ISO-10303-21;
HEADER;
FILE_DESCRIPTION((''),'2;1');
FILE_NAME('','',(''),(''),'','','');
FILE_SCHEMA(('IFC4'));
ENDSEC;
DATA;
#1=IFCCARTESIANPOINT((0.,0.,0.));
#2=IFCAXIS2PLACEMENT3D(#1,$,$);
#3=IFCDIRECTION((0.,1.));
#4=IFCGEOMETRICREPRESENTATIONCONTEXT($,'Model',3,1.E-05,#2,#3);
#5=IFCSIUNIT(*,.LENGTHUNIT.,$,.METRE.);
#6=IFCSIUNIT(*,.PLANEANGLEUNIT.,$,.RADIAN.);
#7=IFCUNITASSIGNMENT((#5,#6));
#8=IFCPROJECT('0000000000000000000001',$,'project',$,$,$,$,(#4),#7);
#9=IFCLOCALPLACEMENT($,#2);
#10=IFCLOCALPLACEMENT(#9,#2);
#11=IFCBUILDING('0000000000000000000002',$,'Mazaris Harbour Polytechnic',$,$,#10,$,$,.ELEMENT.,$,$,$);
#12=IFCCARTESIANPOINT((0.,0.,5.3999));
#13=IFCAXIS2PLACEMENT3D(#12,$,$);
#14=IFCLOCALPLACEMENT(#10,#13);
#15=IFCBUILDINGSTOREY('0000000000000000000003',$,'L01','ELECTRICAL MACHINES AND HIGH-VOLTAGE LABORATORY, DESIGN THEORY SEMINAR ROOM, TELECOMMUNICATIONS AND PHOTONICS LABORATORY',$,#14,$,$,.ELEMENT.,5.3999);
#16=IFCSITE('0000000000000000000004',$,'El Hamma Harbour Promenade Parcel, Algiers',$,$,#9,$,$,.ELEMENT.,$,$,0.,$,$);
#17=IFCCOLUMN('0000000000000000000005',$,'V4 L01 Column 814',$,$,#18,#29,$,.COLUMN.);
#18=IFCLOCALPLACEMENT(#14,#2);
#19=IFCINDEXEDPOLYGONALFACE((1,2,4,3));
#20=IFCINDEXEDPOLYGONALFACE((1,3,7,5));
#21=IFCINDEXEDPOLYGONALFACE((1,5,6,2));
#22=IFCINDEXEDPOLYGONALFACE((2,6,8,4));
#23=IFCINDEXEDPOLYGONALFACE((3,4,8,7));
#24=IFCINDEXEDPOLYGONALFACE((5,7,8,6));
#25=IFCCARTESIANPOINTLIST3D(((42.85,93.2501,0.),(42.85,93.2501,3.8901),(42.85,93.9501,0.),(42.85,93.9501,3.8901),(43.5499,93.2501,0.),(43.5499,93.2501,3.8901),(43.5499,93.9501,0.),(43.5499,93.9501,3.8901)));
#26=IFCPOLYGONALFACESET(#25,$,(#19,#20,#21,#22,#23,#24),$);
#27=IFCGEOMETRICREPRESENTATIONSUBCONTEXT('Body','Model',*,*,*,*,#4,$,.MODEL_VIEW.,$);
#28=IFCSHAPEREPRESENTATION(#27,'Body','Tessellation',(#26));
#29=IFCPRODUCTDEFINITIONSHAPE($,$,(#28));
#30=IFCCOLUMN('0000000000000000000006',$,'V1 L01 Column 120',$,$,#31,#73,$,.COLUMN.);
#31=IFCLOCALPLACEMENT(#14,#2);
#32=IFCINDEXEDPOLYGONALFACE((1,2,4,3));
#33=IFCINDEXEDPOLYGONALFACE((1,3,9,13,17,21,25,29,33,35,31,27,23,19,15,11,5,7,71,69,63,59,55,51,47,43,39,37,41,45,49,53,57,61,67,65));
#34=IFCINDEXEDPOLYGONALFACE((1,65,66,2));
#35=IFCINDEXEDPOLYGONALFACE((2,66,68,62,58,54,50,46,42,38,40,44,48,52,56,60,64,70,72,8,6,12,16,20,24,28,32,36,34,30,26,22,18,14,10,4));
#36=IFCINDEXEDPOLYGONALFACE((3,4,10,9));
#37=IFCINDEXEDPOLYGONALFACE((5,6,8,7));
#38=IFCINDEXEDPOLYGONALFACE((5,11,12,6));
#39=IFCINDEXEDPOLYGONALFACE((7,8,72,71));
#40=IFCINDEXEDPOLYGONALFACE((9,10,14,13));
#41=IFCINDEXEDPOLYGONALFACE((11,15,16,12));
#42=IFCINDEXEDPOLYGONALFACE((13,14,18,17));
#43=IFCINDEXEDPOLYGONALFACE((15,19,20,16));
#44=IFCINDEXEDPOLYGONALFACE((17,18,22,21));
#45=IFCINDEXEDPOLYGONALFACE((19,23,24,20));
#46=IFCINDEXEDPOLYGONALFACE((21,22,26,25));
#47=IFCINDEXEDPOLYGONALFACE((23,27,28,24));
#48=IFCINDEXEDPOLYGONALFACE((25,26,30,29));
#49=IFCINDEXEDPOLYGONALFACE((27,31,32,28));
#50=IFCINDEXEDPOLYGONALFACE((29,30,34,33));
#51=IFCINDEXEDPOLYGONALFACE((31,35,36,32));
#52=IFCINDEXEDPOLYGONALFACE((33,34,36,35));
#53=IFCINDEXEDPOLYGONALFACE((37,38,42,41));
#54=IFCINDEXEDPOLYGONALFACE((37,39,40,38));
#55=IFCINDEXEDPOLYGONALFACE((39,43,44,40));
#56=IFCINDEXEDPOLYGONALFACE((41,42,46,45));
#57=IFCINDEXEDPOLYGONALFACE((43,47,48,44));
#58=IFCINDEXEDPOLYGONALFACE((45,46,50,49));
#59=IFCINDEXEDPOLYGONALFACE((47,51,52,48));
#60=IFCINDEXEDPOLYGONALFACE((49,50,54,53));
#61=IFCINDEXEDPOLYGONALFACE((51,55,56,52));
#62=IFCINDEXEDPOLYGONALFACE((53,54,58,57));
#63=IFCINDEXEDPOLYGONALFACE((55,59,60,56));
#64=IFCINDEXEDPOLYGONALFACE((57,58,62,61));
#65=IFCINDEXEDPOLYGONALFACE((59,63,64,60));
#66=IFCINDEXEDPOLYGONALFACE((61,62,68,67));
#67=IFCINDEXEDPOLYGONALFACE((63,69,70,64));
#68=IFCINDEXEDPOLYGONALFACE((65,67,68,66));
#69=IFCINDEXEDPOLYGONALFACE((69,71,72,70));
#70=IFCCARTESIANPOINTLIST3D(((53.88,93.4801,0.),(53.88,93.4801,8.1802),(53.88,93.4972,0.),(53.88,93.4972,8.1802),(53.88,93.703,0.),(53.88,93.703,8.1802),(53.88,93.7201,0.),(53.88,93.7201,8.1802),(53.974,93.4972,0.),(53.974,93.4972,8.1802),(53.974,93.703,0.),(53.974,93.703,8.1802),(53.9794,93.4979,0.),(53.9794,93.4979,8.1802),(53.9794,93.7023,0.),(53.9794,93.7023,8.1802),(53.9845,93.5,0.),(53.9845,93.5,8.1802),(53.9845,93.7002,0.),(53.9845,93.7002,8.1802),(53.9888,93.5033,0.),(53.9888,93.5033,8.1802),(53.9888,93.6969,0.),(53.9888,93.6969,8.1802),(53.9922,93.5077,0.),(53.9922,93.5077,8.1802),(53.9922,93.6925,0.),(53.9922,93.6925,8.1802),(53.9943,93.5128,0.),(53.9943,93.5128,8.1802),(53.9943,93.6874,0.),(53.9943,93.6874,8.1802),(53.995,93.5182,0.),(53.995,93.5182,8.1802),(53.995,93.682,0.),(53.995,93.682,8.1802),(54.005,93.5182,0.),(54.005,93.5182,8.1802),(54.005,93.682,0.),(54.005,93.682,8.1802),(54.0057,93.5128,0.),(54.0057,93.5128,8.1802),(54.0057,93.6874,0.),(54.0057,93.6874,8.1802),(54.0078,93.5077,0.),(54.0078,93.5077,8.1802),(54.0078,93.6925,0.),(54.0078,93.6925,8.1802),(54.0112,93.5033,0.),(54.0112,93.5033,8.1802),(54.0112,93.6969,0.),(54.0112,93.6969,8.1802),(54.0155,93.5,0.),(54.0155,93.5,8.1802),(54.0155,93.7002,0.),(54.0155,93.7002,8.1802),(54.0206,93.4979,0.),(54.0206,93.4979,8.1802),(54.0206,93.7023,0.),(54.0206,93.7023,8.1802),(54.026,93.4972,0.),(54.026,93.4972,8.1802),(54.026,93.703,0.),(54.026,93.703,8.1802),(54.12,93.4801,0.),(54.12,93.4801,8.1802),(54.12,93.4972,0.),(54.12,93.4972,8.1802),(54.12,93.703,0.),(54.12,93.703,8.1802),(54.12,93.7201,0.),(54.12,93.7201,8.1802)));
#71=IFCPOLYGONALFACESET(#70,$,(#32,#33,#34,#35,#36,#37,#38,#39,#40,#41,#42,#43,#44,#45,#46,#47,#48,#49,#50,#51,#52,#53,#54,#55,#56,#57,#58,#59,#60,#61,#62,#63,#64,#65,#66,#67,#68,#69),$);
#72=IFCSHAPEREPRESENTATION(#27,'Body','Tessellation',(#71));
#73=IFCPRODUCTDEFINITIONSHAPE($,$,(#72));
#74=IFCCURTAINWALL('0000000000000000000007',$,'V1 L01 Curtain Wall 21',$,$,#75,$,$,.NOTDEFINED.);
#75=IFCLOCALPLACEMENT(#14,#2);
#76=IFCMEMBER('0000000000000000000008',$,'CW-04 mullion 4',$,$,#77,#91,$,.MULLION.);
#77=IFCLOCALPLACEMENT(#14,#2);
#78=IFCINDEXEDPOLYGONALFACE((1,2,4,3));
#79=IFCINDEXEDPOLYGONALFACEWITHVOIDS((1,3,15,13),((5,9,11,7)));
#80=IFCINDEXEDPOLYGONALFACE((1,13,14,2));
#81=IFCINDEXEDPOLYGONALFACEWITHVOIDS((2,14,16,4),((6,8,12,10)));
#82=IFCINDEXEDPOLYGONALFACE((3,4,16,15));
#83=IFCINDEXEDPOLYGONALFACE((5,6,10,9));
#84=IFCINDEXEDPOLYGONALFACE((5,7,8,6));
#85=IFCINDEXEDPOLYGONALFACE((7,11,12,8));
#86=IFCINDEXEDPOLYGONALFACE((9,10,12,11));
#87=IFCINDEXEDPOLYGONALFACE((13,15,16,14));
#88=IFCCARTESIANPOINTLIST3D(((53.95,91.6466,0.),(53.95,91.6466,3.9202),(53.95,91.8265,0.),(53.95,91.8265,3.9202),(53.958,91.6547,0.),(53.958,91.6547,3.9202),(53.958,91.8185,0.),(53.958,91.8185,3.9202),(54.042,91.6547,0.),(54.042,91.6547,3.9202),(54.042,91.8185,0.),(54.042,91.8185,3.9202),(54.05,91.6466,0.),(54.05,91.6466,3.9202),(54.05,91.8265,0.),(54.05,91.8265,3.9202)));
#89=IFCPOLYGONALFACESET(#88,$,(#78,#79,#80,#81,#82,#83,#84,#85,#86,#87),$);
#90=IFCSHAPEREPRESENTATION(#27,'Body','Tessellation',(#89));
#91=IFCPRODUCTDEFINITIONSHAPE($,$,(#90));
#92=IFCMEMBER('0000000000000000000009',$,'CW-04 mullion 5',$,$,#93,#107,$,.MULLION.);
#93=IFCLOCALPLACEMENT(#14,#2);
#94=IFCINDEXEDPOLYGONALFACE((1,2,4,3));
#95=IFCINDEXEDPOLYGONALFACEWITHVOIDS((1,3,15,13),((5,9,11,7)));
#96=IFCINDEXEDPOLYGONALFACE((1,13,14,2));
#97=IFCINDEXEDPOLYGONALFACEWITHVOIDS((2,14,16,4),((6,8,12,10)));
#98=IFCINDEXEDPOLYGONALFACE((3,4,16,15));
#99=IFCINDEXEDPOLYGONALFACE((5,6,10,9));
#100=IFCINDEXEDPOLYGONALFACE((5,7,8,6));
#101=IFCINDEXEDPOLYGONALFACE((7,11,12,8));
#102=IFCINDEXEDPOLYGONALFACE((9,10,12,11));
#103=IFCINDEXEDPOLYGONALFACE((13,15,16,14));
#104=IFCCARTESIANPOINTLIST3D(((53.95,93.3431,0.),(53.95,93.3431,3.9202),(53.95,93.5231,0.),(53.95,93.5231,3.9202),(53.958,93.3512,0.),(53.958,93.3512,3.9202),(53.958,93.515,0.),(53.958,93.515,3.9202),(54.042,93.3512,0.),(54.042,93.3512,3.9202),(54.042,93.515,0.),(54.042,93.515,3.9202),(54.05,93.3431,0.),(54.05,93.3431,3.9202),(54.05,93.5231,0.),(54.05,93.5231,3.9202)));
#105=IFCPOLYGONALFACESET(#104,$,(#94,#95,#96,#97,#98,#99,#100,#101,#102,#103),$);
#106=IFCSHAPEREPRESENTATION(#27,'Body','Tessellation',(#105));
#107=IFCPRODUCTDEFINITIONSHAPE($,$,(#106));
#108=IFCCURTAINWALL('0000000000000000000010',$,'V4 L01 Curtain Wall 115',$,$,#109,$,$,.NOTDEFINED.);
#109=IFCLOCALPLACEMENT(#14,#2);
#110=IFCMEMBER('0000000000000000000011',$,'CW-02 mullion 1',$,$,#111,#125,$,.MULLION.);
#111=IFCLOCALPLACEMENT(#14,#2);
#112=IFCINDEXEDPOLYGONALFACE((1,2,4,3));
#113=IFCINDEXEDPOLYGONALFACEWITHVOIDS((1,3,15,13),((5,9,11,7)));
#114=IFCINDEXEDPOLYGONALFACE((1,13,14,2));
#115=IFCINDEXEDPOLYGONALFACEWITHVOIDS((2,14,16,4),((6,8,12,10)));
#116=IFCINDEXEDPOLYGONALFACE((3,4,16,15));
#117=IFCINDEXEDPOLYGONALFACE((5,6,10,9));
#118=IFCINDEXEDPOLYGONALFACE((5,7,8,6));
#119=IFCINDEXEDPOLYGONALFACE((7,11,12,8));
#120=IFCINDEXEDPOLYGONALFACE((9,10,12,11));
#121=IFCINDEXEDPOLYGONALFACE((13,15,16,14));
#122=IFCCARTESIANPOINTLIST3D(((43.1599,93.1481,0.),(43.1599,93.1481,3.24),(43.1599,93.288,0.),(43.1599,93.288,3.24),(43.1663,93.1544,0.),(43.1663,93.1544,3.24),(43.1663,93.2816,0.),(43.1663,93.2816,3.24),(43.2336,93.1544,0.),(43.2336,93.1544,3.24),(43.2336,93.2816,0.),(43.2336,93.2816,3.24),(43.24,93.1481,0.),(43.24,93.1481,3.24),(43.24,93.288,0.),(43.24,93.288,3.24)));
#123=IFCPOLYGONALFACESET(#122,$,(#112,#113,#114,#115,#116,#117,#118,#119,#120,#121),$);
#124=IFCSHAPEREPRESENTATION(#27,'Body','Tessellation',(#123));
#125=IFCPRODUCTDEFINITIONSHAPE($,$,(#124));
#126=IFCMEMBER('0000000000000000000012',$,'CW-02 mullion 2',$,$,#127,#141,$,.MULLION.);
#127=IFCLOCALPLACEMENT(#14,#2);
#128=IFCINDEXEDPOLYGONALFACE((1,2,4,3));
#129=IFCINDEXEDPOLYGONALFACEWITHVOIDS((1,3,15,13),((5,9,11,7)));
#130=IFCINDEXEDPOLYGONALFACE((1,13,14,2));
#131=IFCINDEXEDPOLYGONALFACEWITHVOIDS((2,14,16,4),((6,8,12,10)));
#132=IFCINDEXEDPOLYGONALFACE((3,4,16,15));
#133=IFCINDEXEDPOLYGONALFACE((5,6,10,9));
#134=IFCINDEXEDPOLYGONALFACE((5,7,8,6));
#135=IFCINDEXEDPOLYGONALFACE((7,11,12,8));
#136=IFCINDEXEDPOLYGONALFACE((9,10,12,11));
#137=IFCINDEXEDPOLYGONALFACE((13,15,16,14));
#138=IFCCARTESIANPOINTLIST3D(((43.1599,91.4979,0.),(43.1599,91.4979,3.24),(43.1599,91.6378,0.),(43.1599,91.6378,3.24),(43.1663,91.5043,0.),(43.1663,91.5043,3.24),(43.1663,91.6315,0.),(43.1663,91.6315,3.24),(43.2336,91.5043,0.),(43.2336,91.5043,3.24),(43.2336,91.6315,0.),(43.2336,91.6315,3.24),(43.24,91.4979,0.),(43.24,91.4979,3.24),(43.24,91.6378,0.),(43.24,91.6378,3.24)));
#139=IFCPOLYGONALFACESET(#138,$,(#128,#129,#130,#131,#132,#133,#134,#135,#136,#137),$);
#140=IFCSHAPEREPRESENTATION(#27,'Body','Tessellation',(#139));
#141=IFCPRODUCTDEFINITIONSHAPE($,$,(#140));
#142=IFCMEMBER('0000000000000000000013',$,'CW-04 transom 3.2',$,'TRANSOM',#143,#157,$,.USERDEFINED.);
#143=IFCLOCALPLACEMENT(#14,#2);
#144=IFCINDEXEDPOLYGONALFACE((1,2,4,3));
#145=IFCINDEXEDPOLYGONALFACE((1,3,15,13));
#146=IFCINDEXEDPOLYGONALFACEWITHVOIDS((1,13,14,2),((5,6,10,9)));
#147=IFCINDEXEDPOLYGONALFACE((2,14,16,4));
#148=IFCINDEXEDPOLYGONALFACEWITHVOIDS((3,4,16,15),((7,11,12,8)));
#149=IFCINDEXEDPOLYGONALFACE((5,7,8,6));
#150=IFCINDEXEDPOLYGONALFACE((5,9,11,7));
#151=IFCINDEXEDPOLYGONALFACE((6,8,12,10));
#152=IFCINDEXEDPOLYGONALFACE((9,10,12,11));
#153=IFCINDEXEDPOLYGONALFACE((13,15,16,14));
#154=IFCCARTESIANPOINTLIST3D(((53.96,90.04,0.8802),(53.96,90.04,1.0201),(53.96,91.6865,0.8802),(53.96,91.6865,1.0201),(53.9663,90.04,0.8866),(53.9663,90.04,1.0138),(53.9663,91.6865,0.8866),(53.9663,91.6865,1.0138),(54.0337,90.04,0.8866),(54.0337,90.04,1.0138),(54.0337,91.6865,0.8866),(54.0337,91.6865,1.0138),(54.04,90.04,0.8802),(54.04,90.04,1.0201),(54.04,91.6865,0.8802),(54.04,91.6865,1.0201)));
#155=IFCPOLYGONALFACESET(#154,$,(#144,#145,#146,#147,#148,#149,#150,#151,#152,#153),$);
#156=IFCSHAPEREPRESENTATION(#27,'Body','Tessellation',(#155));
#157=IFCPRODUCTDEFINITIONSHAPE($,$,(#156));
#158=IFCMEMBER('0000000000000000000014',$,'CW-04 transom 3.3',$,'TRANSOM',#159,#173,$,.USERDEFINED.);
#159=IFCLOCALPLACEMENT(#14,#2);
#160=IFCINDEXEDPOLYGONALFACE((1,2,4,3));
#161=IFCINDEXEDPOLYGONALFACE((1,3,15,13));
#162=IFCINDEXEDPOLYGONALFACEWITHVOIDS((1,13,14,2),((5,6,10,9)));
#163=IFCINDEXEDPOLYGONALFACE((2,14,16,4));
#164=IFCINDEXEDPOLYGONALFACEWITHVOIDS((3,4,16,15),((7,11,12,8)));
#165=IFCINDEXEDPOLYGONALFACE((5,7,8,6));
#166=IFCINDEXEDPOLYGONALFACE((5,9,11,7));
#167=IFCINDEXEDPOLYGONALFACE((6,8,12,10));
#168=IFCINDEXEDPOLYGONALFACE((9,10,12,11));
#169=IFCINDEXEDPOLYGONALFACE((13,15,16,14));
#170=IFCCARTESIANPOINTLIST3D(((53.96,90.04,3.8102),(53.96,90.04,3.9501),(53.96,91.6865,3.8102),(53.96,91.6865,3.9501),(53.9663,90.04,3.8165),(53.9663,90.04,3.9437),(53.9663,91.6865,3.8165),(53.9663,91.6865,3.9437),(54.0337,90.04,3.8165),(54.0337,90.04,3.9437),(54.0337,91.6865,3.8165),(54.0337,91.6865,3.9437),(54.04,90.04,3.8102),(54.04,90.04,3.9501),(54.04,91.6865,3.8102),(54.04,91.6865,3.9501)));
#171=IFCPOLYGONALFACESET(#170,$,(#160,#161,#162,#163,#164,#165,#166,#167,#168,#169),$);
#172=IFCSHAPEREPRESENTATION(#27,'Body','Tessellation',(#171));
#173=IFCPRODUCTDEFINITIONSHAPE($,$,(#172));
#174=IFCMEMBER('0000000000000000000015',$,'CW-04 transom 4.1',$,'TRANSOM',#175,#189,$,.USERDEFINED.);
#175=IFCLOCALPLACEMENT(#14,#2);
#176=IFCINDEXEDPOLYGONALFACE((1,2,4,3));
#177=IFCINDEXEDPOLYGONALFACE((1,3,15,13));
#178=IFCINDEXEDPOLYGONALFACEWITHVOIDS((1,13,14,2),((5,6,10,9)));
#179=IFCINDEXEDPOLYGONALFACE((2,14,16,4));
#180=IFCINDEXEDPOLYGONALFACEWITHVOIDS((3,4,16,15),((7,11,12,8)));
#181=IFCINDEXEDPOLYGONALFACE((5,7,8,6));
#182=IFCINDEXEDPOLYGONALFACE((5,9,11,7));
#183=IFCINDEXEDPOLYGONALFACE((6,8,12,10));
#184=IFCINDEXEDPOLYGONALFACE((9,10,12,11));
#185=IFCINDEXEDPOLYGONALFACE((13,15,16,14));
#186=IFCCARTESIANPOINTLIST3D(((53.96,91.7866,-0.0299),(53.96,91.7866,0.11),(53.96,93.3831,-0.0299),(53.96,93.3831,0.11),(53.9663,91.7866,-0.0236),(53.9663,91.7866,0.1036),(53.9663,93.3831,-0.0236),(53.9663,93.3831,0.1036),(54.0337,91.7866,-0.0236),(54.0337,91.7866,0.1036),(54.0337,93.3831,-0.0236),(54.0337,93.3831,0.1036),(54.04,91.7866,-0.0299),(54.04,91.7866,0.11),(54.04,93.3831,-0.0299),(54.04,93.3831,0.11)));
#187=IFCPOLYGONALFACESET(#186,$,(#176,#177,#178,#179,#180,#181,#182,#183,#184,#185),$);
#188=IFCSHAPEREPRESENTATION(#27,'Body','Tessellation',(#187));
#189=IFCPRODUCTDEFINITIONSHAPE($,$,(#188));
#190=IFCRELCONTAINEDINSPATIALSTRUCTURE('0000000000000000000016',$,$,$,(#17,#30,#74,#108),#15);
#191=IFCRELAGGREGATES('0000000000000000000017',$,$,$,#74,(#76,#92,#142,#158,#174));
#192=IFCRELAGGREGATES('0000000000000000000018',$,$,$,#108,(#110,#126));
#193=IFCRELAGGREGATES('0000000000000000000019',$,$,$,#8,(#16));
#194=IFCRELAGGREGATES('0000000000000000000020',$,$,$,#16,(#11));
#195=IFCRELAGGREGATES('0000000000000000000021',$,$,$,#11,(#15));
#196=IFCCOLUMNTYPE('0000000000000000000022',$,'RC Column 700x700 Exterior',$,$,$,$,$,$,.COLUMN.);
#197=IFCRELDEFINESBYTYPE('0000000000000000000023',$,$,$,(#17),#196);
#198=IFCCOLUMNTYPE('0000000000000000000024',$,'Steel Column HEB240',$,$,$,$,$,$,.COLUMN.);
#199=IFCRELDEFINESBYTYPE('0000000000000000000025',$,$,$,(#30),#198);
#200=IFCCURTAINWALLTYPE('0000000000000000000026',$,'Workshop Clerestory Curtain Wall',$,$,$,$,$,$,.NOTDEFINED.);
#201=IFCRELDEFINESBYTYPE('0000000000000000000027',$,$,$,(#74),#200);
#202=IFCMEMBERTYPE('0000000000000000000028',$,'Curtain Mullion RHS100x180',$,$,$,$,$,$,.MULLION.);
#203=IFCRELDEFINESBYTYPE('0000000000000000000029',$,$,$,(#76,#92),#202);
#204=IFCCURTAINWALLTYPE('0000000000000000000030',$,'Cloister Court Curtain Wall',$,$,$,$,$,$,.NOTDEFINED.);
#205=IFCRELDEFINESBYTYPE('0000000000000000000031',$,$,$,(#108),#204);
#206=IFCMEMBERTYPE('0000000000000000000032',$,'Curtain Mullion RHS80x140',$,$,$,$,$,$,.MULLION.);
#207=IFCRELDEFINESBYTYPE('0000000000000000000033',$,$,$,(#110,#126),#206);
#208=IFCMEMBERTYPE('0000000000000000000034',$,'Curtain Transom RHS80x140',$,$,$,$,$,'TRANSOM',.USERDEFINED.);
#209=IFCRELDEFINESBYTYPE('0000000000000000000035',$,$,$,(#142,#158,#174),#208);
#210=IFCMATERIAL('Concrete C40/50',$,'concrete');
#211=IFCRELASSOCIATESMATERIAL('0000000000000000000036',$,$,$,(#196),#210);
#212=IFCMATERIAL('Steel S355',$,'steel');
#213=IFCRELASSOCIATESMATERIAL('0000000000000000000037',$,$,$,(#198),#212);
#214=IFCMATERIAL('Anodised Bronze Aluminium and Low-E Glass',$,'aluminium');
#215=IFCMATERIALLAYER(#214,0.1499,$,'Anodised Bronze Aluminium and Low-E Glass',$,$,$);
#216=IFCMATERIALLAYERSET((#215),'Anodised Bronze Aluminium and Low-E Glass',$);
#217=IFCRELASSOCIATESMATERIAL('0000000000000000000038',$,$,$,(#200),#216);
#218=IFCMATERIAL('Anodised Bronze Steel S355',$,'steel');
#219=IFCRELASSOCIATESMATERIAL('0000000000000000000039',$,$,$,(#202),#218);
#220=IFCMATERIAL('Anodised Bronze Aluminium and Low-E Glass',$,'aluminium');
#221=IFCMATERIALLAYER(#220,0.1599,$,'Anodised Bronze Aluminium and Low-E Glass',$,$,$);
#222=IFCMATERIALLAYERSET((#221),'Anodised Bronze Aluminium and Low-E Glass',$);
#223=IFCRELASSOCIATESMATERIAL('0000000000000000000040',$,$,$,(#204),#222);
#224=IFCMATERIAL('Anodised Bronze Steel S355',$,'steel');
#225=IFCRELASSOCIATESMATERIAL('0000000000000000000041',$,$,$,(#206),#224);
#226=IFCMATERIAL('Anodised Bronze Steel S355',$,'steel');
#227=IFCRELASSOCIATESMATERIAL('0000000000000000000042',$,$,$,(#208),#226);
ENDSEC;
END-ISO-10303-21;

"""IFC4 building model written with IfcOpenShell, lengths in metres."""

from ifc_helpers import new_model, si_unit, direction, frame, origin, origin_2d, place, context, subcontext, project, spatial, rectangle, hollow_rectangle, i_section, extrude, material, layer, layer_set, material_profile, profile_set, type_object, element, aggregate, save


model = new_model("IFC4")

# Units and contexts
model_context = context("Model", 3, precision=1e-05, world=origin(), true_north=direction((0.0, 1.0)))
body_context = subcontext(model_context, "Body", "Model", "MODEL_VIEW")
ifc_project = project(units=[si_unit("LENGTHUNIT", "METRE"), si_unit("PLANEANGLEUNIT", "RADIAN")], contexts=[model_context])

# Site, building, storey
site_placement = place(None, origin())
site = spatial("IfcSite", under=ifc_project, at=site_placement, Name="El Hamma Harbour Promenade Parcel, Algiers", CompositionType="ELEMENT", RefElevation=0.0)
building_placement = place(site_placement, origin())
building = spatial("IfcBuilding", under=site, at=building_placement, Name="Mazaris Harbour Polytechnic", CompositionType="ELEMENT")
storey_placement = place(building_placement, frame((0.0, 0.0, 5.3999)))
storey = spatial("IfcBuildingStorey", under=building, at=storey_placement, Name="L01", Description="ELECTRICAL MACHINES AND HIGH-VOLTAGE LABORATORY, DESIGN THEORY SEMINAR ROOM, TELECOMMUNICATIONS AND PHOTONICS LABORATORY", CompositionType="ELEMENT", Elevation=5.3999)

# Columns
ifc_material_1 = material(Name="Concrete C40/50", Category="concrete")
ifc_material_profile_1 = material_profile(ifc_material_1, rectangle(XDim=0.7, YDim=0.7, at=origin_2d()), Name="RECT700x700")
ifc_profile_set_1 = profile_set([ifc_material_profile_1], Name="Concrete C40/50")
column_type_1 = type_object("IfcColumnType", Name="RC Column 700x700 Exterior", PredefinedType="COLUMN", material=ifc_profile_set_1)
column_1_placement = place(storey_placement, frame((43.2, 93.6001, 0.0), z_axis=(0.0, 0.0, 1.0), x_axis=(1.0, 0.0, 0.0)))
element("IfcColumn", 1, at=column_1_placement, inside=storey, type_object=column_type_1, Name="V4 L01 Column 814", PredefinedType="COLUMN", context=body_context, shape_type="SweptSolid", body=[
    extrude(rectangle(XDim=0.7, YDim=0.7, at=origin_2d()), origin(), (0.0, 0.0, 1.0), 3.8901),
])
ifc_material_2 = material(Name="Steel S355", Category="steel")
ifc_material_profile_2 = material_profile(ifc_material_2, i_section(OverallWidth=0.24, OverallDepth=0.24, WebThickness=0.01, FlangeThickness=0.0171, FilletRadius=0.021, at=origin_2d()), Name="HEB 240")
ifc_profile_set_2 = profile_set([ifc_material_profile_2], Name="Steel S355")
column_type_2 = type_object("IfcColumnType", Name="Steel Column HEB240", PredefinedType="COLUMN", material=ifc_profile_set_2)
column_2_placement = place(storey_placement, frame((54.0, 93.6001, 0.0), z_axis=(0.0, 0.0, 1.0), x_axis=(1.0, 0.0, 0.0)))
element("IfcColumn", 2, at=column_2_placement, inside=storey, type_object=column_type_2, Name="V1 L01 Column 120", PredefinedType="COLUMN", context=body_context, shape_type="SweptSolid", body=[
    extrude(i_section(OverallWidth=0.24, OverallDepth=0.24, WebThickness=0.01, FlangeThickness=0.0171, FilletRadius=0.021, at=origin_2d()), origin(), (0.0, 0.0, 1.0), 8.1802),
])

# Curtain walls, members
ifc_material_3 = material(Name="Anodised Bronze Aluminium and Low-E Glass", Category="aluminium")
ifc_layer_1 = layer(ifc_material_3, 0.1499, Name="Anodised Bronze Aluminium and Low-E Glass")
ifc_layer_set_1 = layer_set([ifc_layer_1], Name="Anodised Bronze Aluminium and Low-E Glass")
curtain_wall_type_1 = type_object("IfcCurtainWallType", Name="Workshop Clerestory Curtain Wall", PredefinedType="NOTDEFINED", material=ifc_layer_set_1)
curtain_wall_1_placement = place(storey_placement, origin())
curtain_wall_1 = element("IfcCurtainWall", 3, at=curtain_wall_1_placement, inside=storey, type_object=curtain_wall_type_1, Name="V1 L01 Curtain Wall 21", PredefinedType="NOTDEFINED")
ifc_material_4 = material(Name="Anodised Bronze Steel S355", Category="steel")
ifc_material_profile_3 = material_profile(ifc_material_4, hollow_rectangle(XDim=0.1001, YDim=0.1799, WallThickness=0.0081, at=origin_2d()), Name="RHS 100x180x8.0")
ifc_profile_set_3 = profile_set([ifc_material_profile_3], Name="Anodised Bronze Steel S355")
member_type_1 = type_object("IfcMemberType", Name="Curtain Mullion RHS100x180", PredefinedType="MULLION", material=ifc_profile_set_3)
member_1_placement = place(storey_placement, frame((54.0, 91.7366, 0.0), z_axis=(0.0, 0.0, 1.0), x_axis=(-1.0, 0.0, 0.0)))
member_1 = element("IfcMember", 4, at=member_1_placement, type_object=member_type_1, Name="CW-04 mullion 4", PredefinedType="MULLION", context=body_context, shape_type="SweptSolid", body=[
    extrude(hollow_rectangle(XDim=0.1001, YDim=0.1799, WallThickness=0.0081, at=origin_2d()), origin(), (0.0, 0.0, 1.0), 3.9202),
])
member_2_placement = place(storey_placement, frame((54.0, 93.4331, 0.0), z_axis=(0.0, 0.0, 1.0), x_axis=(-1.0, 0.0, 0.0)))
member_2 = element("IfcMember", 5, at=member_2_placement, type_object=member_type_1, Name="CW-04 mullion 5", PredefinedType="MULLION", context=body_context, shape_type="SweptSolid", body=[
    extrude(hollow_rectangle(XDim=0.1001, YDim=0.1799, WallThickness=0.0081, at=origin_2d()), origin(), (0.0, 0.0, 1.0), 3.9202),
])
ifc_material_5 = material(Name="Anodised Bronze Aluminium and Low-E Glass", Category="aluminium")
ifc_layer_2 = layer(ifc_material_5, 0.1599, Name="Anodised Bronze Aluminium and Low-E Glass")
ifc_layer_set_2 = layer_set([ifc_layer_2], Name="Anodised Bronze Aluminium and Low-E Glass")
curtain_wall_type_2 = type_object("IfcCurtainWallType", Name="Cloister Court Curtain Wall", PredefinedType="NOTDEFINED", material=ifc_layer_set_2)
curtain_wall_2_placement = place(storey_placement, origin())
curtain_wall_2 = element("IfcCurtainWall", 6, at=curtain_wall_2_placement, inside=storey, type_object=curtain_wall_type_2, Name="V4 L01 Curtain Wall 115", PredefinedType="NOTDEFINED")
ifc_material_6 = material(Name="Anodised Bronze Steel S355", Category="steel")
ifc_material_profile_4 = material_profile(ifc_material_6, hollow_rectangle(XDim=0.0801, YDim=0.1399, WallThickness=0.0063, at=origin_2d()), Name="RHS 80x140x6.3")
ifc_profile_set_4 = profile_set([ifc_material_profile_4], Name="Anodised Bronze Steel S355")
member_type_2 = type_object("IfcMemberType", Name="Curtain Mullion RHS80x140", PredefinedType="MULLION", material=ifc_profile_set_4)
member_3_placement = place(storey_placement, frame((43.2, 93.218, 0.0), z_axis=(0.0, 0.0, 1.0), x_axis=(1.0, 0.0, 0.0)))
member_3 = element("IfcMember", 7, at=member_3_placement, type_object=member_type_2, Name="CW-02 mullion 1", PredefinedType="MULLION", context=body_context, shape_type="SweptSolid", body=[
    extrude(hollow_rectangle(XDim=0.0801, YDim=0.1399, WallThickness=0.0063, at=origin_2d()), origin(), (0.0, 0.0, 1.0), 3.24),
])
member_4_placement = place(storey_placement, frame((43.2, 91.5679, 0.0), z_axis=(0.0, 0.0, 1.0), x_axis=(1.0, 0.0, 0.0)))
member_4 = element("IfcMember", 8, at=member_4_placement, type_object=member_type_2, Name="CW-02 mullion 2", PredefinedType="MULLION", context=body_context, shape_type="SweptSolid", body=[
    extrude(hollow_rectangle(XDim=0.0801, YDim=0.1399, WallThickness=0.0063, at=origin_2d()), origin(), (0.0, 0.0, 1.0), 3.24),
])

# Members
ifc_material_7 = material(Name="Anodised Bronze Steel S355", Category="steel")
ifc_material_profile_5 = material_profile(ifc_material_7, hollow_rectangle(XDim=0.0801, YDim=0.1399, WallThickness=0.0063, at=origin_2d()), Name="RHS 80x140x6.3")
ifc_profile_set_5 = profile_set([ifc_material_profile_5], Name="Anodised Bronze Steel S355")
member_type_3 = type_object("IfcMemberType", Name="Curtain Transom RHS80x140", ElementType="TRANSOM", PredefinedType="USERDEFINED", material=ifc_profile_set_5)
member_5_placement = place(storey_placement, frame((54.0, 90.04, 0.9502), z_axis=(0.0, 1.0, 0.0), x_axis=(-1.0, 0.0, 0.0)))
member_5 = element("IfcMember", 9, at=member_5_placement, type_object=member_type_3, Name="CW-04 transom 3.2", ObjectType="TRANSOM", PredefinedType="USERDEFINED", context=body_context, shape_type="SweptSolid", body=[
    extrude(hollow_rectangle(XDim=0.0801, YDim=0.1399, WallThickness=0.0063, at=origin_2d()), origin(), (0.0, 0.0, 1.0), 1.6465),
])
member_6_placement = place(storey_placement, frame((54.0, 90.04, 3.8801), z_axis=(0.0, 1.0, 0.0), x_axis=(-1.0, 0.0, 0.0)))
member_6 = element("IfcMember", 10, at=member_6_placement, type_object=member_type_3, Name="CW-04 transom 3.3", ObjectType="TRANSOM", PredefinedType="USERDEFINED", context=body_context, shape_type="SweptSolid", body=[
    extrude(hollow_rectangle(XDim=0.0801, YDim=0.1399, WallThickness=0.0063, at=origin_2d()), origin(), (0.0, 0.0, 1.0), 1.6465),
])
member_7_placement = place(storey_placement, frame((54.0, 91.7866, 0.04), z_axis=(0.0, 1.0, 0.0), x_axis=(-1.0, 0.0, 0.0)))
member_7 = element("IfcMember", 11, at=member_7_placement, type_object=member_type_3, Name="CW-04 transom 4.1", ObjectType="TRANSOM", PredefinedType="USERDEFINED", context=body_context, shape_type="SweptSolid", body=[
    extrude(hollow_rectangle(XDim=0.0801, YDim=0.1399, WallThickness=0.0063, at=origin_2d()), origin(), (0.0, 0.0, 1.0), 1.5964),
])

aggregate(curtain_wall_1, [member_1, member_2, member_5, member_6, member_7])
aggregate(curtain_wall_2, [member_3, member_4])

save(model, "model.ifc")
